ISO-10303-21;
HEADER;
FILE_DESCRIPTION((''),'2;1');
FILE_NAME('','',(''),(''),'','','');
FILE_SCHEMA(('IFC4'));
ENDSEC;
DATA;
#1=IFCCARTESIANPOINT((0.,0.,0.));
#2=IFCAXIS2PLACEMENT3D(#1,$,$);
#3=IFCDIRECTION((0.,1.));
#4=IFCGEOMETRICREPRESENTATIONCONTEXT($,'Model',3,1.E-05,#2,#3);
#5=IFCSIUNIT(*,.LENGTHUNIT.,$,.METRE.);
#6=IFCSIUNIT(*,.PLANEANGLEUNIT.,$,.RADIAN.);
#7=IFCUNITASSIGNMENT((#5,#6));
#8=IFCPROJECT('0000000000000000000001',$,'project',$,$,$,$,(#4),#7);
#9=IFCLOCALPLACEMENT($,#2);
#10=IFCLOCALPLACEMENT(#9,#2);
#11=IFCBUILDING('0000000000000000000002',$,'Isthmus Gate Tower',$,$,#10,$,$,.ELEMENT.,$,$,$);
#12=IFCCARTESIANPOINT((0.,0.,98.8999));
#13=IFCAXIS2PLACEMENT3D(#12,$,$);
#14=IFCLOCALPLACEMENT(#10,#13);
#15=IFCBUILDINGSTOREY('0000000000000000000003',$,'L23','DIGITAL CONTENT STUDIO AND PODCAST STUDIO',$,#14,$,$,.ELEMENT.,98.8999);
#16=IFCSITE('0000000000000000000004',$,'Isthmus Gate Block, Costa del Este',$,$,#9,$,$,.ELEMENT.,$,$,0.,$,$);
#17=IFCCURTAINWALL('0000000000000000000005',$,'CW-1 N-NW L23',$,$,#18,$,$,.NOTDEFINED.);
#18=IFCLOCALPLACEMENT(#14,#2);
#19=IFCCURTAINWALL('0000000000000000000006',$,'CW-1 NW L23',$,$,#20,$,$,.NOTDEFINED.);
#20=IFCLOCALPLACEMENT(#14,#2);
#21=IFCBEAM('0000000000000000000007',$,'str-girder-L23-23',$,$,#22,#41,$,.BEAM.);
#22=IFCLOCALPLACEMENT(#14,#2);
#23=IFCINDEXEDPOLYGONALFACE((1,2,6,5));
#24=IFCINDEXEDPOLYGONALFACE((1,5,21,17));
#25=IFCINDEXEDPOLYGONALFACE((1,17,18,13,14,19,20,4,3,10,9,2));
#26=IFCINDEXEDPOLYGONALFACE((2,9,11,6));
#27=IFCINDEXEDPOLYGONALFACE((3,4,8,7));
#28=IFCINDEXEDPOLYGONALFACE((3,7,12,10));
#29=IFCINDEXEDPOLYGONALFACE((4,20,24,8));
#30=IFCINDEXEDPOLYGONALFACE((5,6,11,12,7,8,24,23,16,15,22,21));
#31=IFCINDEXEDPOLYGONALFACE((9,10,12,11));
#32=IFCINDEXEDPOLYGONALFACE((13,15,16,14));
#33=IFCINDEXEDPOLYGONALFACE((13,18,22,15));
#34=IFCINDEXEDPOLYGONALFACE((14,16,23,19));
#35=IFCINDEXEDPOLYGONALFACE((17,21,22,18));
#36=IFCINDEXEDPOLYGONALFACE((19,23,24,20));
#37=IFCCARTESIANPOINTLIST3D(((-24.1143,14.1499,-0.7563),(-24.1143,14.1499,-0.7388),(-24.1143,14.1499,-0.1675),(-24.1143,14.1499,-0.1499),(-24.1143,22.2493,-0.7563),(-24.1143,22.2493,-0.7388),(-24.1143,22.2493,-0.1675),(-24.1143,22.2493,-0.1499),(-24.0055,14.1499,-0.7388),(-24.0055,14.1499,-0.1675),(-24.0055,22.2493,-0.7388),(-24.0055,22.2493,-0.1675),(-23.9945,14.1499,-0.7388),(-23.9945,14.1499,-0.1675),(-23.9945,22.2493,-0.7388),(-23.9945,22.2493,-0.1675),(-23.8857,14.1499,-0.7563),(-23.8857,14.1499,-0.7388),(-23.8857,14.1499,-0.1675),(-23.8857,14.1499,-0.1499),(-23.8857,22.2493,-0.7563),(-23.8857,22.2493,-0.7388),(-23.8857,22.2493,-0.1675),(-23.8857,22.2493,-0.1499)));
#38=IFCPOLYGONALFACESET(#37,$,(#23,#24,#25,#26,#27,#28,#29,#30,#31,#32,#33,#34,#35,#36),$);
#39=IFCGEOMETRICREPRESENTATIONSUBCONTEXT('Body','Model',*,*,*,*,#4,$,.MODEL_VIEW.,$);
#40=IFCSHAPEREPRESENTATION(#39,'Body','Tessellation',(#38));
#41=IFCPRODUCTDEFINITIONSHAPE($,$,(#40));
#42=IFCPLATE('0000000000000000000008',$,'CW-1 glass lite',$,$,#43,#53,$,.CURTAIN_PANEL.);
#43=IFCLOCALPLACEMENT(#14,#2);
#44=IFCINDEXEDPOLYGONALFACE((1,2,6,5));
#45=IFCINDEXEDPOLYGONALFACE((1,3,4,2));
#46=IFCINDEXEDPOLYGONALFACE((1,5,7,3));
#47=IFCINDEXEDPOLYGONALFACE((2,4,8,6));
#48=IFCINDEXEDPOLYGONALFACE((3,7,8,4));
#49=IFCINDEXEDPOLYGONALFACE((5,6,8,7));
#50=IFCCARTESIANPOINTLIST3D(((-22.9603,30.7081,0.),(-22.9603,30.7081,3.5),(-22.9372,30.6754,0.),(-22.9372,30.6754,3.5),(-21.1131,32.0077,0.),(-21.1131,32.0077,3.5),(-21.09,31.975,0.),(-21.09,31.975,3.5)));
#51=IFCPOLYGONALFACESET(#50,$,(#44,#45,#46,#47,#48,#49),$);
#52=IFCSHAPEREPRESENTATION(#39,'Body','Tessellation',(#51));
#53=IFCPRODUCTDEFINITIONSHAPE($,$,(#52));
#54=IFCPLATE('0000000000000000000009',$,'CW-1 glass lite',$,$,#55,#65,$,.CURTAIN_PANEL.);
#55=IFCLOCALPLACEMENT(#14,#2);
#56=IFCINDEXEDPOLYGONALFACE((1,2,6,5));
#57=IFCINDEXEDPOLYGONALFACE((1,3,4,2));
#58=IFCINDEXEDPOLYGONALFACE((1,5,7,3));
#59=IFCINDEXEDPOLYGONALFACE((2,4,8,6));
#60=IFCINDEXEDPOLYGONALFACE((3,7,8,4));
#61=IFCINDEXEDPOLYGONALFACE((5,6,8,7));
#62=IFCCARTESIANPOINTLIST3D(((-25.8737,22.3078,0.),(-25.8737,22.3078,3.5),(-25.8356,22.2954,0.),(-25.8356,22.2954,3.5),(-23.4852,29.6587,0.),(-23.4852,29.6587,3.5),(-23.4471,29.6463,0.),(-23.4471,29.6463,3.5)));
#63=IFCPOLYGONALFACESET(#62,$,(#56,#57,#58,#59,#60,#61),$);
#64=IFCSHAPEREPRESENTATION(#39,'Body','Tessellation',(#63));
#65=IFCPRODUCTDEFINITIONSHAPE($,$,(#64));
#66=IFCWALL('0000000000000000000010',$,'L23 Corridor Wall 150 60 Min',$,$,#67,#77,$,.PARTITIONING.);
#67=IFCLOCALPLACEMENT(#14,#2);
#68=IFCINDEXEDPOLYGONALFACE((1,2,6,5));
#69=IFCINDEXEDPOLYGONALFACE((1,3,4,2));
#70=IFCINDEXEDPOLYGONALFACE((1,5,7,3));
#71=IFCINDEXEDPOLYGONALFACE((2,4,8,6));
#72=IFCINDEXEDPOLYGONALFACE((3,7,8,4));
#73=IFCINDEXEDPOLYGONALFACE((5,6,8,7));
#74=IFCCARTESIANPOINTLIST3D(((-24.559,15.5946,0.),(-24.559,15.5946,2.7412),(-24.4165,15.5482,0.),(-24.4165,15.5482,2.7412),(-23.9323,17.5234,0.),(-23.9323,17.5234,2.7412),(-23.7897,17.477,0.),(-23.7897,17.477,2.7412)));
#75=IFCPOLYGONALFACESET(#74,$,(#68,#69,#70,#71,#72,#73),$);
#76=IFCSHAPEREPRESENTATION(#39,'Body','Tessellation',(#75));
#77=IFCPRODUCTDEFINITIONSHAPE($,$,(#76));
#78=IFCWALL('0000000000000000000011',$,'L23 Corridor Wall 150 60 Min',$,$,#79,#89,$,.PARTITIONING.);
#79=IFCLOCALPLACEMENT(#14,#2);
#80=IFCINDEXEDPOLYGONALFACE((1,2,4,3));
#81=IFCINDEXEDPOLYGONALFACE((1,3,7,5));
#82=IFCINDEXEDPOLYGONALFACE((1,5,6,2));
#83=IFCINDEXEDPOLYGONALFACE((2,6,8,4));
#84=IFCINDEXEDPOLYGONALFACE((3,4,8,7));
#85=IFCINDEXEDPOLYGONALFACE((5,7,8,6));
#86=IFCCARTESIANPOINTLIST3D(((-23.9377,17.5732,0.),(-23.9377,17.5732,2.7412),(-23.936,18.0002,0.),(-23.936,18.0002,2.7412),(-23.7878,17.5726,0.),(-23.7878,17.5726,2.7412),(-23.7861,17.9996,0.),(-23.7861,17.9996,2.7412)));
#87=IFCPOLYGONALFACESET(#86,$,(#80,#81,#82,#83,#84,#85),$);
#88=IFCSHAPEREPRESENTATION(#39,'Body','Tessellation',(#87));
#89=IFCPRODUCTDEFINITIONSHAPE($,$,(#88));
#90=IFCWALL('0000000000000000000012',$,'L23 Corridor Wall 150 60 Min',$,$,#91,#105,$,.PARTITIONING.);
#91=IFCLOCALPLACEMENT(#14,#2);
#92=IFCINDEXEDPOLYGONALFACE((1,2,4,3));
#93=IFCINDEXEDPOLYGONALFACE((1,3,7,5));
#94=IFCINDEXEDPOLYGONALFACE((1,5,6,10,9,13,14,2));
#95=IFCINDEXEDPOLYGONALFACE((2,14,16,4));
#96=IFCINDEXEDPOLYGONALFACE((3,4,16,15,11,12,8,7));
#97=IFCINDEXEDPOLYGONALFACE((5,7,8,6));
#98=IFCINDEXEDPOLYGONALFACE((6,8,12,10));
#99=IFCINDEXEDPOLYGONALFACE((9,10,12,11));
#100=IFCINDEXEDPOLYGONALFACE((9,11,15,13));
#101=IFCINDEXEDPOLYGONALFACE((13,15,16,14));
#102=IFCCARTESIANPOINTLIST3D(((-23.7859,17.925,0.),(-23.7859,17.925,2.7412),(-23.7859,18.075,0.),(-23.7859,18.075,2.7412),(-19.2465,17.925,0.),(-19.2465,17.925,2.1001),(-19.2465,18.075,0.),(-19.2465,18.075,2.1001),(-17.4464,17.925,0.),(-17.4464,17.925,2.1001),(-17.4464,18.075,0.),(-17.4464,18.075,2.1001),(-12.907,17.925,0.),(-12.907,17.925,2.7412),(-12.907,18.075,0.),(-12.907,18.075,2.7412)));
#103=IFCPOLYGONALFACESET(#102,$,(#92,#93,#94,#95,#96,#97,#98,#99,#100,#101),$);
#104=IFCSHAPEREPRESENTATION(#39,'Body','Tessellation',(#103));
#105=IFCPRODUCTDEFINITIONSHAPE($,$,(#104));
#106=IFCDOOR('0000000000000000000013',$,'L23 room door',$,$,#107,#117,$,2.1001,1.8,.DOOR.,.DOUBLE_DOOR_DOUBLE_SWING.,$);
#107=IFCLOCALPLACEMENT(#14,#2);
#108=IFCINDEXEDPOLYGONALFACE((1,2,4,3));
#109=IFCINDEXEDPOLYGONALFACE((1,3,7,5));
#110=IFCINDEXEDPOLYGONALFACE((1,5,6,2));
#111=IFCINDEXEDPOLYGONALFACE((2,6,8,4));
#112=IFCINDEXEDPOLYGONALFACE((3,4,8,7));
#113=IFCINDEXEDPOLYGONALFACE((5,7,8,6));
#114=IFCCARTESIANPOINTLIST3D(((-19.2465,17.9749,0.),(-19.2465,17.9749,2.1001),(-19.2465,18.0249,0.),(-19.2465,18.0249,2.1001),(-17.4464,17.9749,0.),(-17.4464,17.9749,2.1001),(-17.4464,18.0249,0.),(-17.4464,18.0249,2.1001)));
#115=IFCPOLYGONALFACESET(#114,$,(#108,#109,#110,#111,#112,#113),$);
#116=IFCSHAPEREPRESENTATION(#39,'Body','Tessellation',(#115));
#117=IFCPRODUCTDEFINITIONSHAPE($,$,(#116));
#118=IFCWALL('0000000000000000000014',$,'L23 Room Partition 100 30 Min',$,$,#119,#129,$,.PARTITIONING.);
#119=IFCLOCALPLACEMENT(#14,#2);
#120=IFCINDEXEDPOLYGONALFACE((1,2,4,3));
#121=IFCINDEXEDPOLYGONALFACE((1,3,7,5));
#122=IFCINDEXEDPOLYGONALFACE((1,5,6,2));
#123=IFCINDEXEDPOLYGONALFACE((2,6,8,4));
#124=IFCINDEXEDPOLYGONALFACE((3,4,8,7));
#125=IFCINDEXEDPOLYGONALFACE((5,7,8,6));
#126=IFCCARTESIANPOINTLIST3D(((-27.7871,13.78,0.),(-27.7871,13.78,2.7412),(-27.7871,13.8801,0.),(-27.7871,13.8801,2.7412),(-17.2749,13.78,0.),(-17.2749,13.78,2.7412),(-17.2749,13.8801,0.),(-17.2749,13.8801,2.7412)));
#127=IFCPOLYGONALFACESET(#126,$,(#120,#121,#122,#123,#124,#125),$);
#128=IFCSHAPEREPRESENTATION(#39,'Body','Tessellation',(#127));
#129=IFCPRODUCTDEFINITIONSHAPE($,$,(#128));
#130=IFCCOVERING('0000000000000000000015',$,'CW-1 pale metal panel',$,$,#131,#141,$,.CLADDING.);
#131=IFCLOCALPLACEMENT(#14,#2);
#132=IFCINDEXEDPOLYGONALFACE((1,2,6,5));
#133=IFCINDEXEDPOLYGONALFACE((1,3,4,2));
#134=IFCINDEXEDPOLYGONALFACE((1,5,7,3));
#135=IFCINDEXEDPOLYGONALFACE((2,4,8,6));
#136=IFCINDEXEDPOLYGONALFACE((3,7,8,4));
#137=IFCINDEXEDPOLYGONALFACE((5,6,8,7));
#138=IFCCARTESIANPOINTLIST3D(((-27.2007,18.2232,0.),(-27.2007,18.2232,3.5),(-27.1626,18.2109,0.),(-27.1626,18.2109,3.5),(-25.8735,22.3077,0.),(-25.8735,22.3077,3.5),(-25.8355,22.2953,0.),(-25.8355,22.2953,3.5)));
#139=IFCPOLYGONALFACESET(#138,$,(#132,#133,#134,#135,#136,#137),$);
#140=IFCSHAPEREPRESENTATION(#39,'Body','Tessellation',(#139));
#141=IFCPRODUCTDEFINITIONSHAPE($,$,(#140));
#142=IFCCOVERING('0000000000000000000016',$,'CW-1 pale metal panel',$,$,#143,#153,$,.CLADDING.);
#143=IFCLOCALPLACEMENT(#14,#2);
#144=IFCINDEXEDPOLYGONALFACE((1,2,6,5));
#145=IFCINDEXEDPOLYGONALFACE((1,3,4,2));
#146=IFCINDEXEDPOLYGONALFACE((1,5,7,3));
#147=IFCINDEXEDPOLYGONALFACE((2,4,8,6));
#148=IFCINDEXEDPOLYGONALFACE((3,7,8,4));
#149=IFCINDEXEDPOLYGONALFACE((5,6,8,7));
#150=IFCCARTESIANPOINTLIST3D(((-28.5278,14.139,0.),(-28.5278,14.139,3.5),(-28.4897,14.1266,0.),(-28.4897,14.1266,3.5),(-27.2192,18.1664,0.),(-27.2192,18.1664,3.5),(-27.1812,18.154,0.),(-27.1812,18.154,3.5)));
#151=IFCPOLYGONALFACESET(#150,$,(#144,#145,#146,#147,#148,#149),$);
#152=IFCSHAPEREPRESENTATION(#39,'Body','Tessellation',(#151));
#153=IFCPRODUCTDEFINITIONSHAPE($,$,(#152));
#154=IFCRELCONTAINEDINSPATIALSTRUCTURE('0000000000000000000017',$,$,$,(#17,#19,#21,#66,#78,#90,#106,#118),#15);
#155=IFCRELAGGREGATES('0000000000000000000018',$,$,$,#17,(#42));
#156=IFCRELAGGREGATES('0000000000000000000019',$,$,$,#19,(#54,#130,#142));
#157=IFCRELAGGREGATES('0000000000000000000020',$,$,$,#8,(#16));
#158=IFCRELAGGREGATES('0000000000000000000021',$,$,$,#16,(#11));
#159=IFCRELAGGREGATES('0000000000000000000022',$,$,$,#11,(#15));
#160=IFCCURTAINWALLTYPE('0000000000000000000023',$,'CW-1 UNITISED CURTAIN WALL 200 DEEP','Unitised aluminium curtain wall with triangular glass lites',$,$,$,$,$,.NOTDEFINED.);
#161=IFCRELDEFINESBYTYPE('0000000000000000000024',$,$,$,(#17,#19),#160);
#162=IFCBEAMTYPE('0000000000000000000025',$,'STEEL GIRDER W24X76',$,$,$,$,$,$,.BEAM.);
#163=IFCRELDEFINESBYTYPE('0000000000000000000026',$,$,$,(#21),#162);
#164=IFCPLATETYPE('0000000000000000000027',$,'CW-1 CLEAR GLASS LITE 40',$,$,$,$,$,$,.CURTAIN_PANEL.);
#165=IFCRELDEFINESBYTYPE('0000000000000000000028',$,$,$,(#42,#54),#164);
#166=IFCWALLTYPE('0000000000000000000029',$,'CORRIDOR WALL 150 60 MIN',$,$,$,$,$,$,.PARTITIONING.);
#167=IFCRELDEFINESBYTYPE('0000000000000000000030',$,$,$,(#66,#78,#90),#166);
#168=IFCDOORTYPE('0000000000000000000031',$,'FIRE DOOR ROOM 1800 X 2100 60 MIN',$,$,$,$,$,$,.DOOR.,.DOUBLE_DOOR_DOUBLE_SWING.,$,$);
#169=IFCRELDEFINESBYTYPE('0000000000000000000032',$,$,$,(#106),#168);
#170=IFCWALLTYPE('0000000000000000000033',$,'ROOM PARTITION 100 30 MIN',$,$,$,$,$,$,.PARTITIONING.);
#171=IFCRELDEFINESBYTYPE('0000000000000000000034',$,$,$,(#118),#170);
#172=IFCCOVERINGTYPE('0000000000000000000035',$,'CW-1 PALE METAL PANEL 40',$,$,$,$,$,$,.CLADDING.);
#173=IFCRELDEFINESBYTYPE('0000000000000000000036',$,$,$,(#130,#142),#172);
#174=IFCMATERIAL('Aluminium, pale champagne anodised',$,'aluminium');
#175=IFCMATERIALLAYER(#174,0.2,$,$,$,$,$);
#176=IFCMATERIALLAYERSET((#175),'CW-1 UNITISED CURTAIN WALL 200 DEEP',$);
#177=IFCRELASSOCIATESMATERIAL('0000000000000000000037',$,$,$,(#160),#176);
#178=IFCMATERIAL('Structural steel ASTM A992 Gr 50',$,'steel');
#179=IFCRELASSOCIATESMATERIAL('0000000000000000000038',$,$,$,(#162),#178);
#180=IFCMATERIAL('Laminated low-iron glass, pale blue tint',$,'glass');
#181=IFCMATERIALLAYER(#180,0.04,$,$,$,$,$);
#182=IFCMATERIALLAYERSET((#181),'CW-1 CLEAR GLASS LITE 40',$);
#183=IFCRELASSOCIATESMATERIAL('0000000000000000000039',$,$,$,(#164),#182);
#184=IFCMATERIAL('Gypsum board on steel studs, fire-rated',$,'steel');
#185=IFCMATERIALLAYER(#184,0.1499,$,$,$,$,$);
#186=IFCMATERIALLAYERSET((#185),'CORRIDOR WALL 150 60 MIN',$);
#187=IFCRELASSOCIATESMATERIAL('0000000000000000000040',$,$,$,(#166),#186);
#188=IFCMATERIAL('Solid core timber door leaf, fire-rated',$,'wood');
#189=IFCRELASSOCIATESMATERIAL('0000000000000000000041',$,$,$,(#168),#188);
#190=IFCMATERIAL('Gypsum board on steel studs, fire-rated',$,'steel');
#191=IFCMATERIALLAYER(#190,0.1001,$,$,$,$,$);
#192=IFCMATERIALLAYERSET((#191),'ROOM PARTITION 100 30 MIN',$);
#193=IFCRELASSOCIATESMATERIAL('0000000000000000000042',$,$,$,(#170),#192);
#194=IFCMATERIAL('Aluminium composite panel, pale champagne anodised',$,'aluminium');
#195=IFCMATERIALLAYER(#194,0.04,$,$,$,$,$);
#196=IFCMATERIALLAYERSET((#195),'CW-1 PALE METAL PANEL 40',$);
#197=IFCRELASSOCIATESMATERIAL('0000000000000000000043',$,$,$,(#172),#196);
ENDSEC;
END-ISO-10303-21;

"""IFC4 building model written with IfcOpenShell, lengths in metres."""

from ifc_helpers import new_model, si_unit, direction, frame, frame_2d, origin, origin_2d, place, context, subcontext, project, spatial, rectangle, i_section, extrude, material, layer, layer_set, material_profile, profile_set, type_object, element, fill, aggregate, save


model = new_model("IFC4")

# Units and contexts
model_context = context("Model", 3, precision=1e-05, world=origin(), true_north=direction((0.0, 1.0)))
body_context = subcontext(model_context, "Body", "Model", "MODEL_VIEW")
ifc_project = project(units=[si_unit("LENGTHUNIT", "METRE"), si_unit("PLANEANGLEUNIT", "RADIAN")], contexts=[model_context])

# Site, building, storey
site_placement = place(None, origin())
site = spatial("IfcSite", under=ifc_project, at=site_placement, Name="Isthmus Gate Block, Costa del Este", CompositionType="ELEMENT", RefElevation=0.0)
building_placement = place(site_placement, origin())
building = spatial("IfcBuilding", under=site, at=building_placement, Name="Isthmus Gate Tower", CompositionType="ELEMENT")
storey_placement = place(building_placement, frame((0.0, 0.0, 98.8999)))
storey = spatial("IfcBuildingStorey", under=building, at=storey_placement, Name="L23", Description="DIGITAL CONTENT STUDIO AND PODCAST STUDIO", CompositionType="ELEMENT", Elevation=98.8999)

# Curtain wall
ifc_material_1 = material(Name="Aluminium, pale champagne anodised", Category="aluminium")
ifc_layer_1 = layer(ifc_material_1, 0.2)
ifc_layer_set_1 = layer_set([ifc_layer_1], Name="CW-1 UNITISED CURTAIN WALL 200 DEEP")
curtain_wall_type = type_object("IfcCurtainWallType", Name="CW-1 UNITISED CURTAIN WALL 200 DEEP", Description="Unitised aluminium curtain wall with triangular glass lites", PredefinedType="NOTDEFINED", material=ifc_layer_set_1)
curtain_wall_1_placement = place(storey_placement, origin())
curtain_wall_1 = element("IfcCurtainWall", 1, at=curtain_wall_1_placement, inside=storey, type_object=curtain_wall_type, Name="CW-1 N-NW L23", PredefinedType="NOTDEFINED")

# Curtain wall
curtain_wall_2_placement = place(storey_placement, origin())
curtain_wall_2 = element("IfcCurtainWall", 2, at=curtain_wall_2_placement, inside=storey, type_object=curtain_wall_type, Name="CW-1 NW L23", PredefinedType="NOTDEFINED")

# Beam
ifc_material_2 = material(Name="Structural steel ASTM A992 Gr 50", Category="steel")
ifc_material_profile_1 = material_profile(ifc_material_2, i_section(OverallWidth=0.2285, OverallDepth=0.6064, WebThickness=0.011, FlangeThickness=0.0176, at=origin_2d()), Name="W24X76")
ifc_profile_set_1 = profile_set([ifc_material_profile_1], Name="Structural steel ASTM A992 Gr 50")
beam_type_1 = type_object("IfcBeamType", Name="STEEL GIRDER W24X76", PredefinedType="BEAM", material=ifc_profile_set_1)
beam_1_placement = place(storey_placement, frame((-24.0, 14.1499, -0.4531), z_axis=(0.0, 1.0, 0.0), x_axis=(-1.0, 0.0, 0.0)))
element("IfcBeam", 3, at=beam_1_placement, inside=storey, type_object=beam_type_1, Name="str-girder-L23-23", PredefinedType="BEAM", context=body_context, shape_type="SweptSolid", body=[
    extrude(i_section(OverallWidth=0.2285, OverallDepth=0.6064, WebThickness=0.011, FlangeThickness=0.0176, at=origin_2d()), origin(), (0.0, 0.0, 1.0), 8.0994),
])

# Plates
ifc_material_3 = material(Name="Laminated low-iron glass, pale blue tint", Category="glass")
ifc_layer_2 = layer(ifc_material_3, 0.04)
ifc_layer_set_2 = layer_set([ifc_layer_2], Name="CW-1 CLEAR GLASS LITE 40")
plate_type = type_object("IfcPlateType", Name="CW-1 CLEAR GLASS LITE 40", PredefinedType="CURTAIN_PANEL", material=ifc_layer_set_2)
plate_1_placement = place(storey_placement, frame((-22.0251, 31.3416, 0.0), z_axis=(0.0, 0.0, 1.0), x_axis=(-0.81786, -0.575418, 0.0)))
plate_1 = element("IfcPlate", 4, at=plate_1_placement, type_object=plate_type, Name="CW-1 glass lite", PredefinedType="CURTAIN_PANEL", context=body_context, shape_type="SweptSolid", body=[
    extrude(rectangle(XDim=2.2585, YDim=0.04, at=origin_2d()), origin(), (0.0, 0.0, 1.0), 3.5),
])
aggregate(curtain_wall_1, [plate_1])
plate_2_placement = place(storey_placement, frame((-24.6604, 25.9771, 0.0), z_axis=(0.0, 0.0, 1.0), x_axis=(-0.309017, -0.951057, 0.0)))
plate_2 = element("IfcPlate", 5, at=plate_2_placement, type_object=plate_type, Name="CW-1 glass lite", PredefinedType="CURTAIN_PANEL", context=body_context, shape_type="SweptSolid", body=[
    extrude(rectangle(XDim=7.7292, YDim=0.04, at=origin_2d()), origin(), (0.0, 0.0, 1.0), 3.5),
])

# Walls
ifc_material_4 = material(Name="Gypsum board on steel studs, fire-rated", Category="steel")
ifc_layer_3 = layer(ifc_material_4, 0.1499)
ifc_layer_set_3 = layer_set([ifc_layer_3], Name="CORRIDOR WALL 150 60 MIN")
wall_type_1 = type_object("IfcWallType", Name="CORRIDOR WALL 150 60 MIN", PredefinedType="PARTITIONING", material=ifc_layer_set_3)
wall_1_placement = place(storey_placement, frame((-24.4878, 15.5713, 0.0), z_axis=(0.0, 0.0, 1.0), x_axis=(0.309032, 0.951052, 0.0)))
element("IfcWall", 6, at=wall_1_placement, inside=storey, type_object=wall_type_1, Name="L23 Corridor Wall 150 60 Min", PredefinedType="PARTITIONING", context=body_context, shape_type="SweptSolid", body=[
    extrude(rectangle(XDim=2.0281, YDim=0.1499, at=frame_2d((1.0142, 0.0))), origin(), (0.0, 0.0, 1.0), 2.7412),
])
wall_2_placement = place(storey_placement, frame((-23.8628, 17.573, 0.0), z_axis=(0.0, 0.0, 1.0), x_axis=(0.004002, 0.999992, 0.0)))
element("IfcWall", 7, at=wall_2_placement, inside=storey, type_object=wall_type_1, Name="L23 Corridor Wall 150 60 Min", PredefinedType="PARTITIONING", context=body_context, shape_type="SweptSolid", body=[
    extrude(rectangle(XDim=0.427, YDim=0.1499, at=frame_2d((0.2134, 0.0))), origin(), (0.0, 0.0, 1.0), 2.7412),
])

# Wall, opening, door
wall_3_placement = place(storey_placement, frame((-23.7859, 18.0, 0.0), z_axis=(0.0, 0.0, 1.0), x_axis=(1.0, 0.0, 0.0)))
wall_3 = element("IfcWall", 8, at=wall_3_placement, inside=storey, type_object=wall_type_1, Name="L23 Corridor Wall 150 60 Min", PredefinedType="PARTITIONING", context=body_context, shape_type="SweptSolid", body=[
    extrude(rectangle(XDim=10.8789, YDim=0.1499, at=frame_2d((5.4395, 0.0))), origin(), (0.0, 0.0, 1.0), 2.7412),
])
opening_placement = place(wall_3_placement, frame((4.5396, 0.0, 0.0)))
opening = element("IfcOpeningElement", 9, at=opening_placement, cuts=wall_3, PredefinedType="OPENING", context=body_context, shape_type="SweptSolid", body=[
    extrude(rectangle(XDim=1.8, YDim=2.1001, at=frame_2d((0.8999, 1.05))), frame((0.0, 0.085, 0.0), z_axis=(0.0, -1.0, 0.0), x_axis=(1.0, 0.0, 0.0)), (0.0, 0.0, 1.0), 0.1699),
])
ifc_material_5 = material(Name="Solid core timber door leaf, fire-rated", Category="wood")
door_type = type_object("IfcDoorType", Name="FIRE DOOR ROOM 1800 X 2100 60 MIN", OperationType="DOUBLE_DOOR_DOUBLE_SWING", PredefinedType="DOOR", material=ifc_material_5)
door_placement = place(opening_placement, origin())
door = element("IfcDoor", 10, at=door_placement, inside=storey, type_object=door_type, Name="L23 room door", OperationType="DOUBLE_DOOR_DOUBLE_SWING", OverallHeight=2.1001, OverallWidth=1.8, PredefinedType="DOOR", context=body_context, shape_type="SweptSolid", body=[
    extrude(rectangle(XDim=1.8, YDim=2.1001, at=frame_2d((0.8999, 1.05))), frame((0.0, 0.0249, 0.0), z_axis=(0.0, -1.0, 0.0), x_axis=(1.0, 0.0, 0.0)), (0.0, 0.0, 1.0), 0.05),
])
fill(opening, door)

# Wall
ifc_material_6 = material(Name="Gypsum board on steel studs, fire-rated", Category="steel")
ifc_layer_4 = layer(ifc_material_6, 0.1001)
ifc_layer_set_4 = layer_set([ifc_layer_4], Name="ROOM PARTITION 100 30 MIN")
wall_type_2 = type_object("IfcWallType", Name="ROOM PARTITION 100 30 MIN", PredefinedType="PARTITIONING", material=ifc_layer_set_4)
wall_4_placement = place(storey_placement, frame((-27.7871, 13.8301, 0.0), z_axis=(0.0, 0.0, 1.0), x_axis=(1.0, 0.0, 0.0)))
element("IfcWall", 11, at=wall_4_placement, inside=storey, type_object=wall_type_2, Name="L23 Room Partition 100 30 Min", PredefinedType="PARTITIONING", context=body_context, shape_type="SweptSolid", body=[
    extrude(rectangle(XDim=10.5122, YDim=0.1001, at=frame_2d((5.2561, 0.0))), origin(), (0.0, 0.0, 1.0), 2.7412),
])

# Coverings
ifc_material_7 = material(Name="Aluminium composite panel, pale champagne anodised", Category="aluminium")
ifc_layer_5 = layer(ifc_material_7, 0.04)
ifc_layer_set_5 = layer_set([ifc_layer_5], Name="CW-1 PALE METAL PANEL 40")
covering_type = type_object("IfcCoveringType", Name="CW-1 PALE METAL PANEL 40", PredefinedType="CLADDING", material=ifc_layer_set_5)
covering_1_placement = place(storey_placement, frame((-26.5181, 20.2593, 0.0), z_axis=(0.0, 0.0, 1.0), x_axis=(-0.309017, -0.951057, 0.0)))
covering_1 = element("IfcCovering", 12, at=covering_1_placement, type_object=covering_type, Name="CW-1 pale metal panel", PredefinedType="CLADDING", context=body_context, shape_type="SweptSolid", body=[
    extrude(rectangle(XDim=4.2947, YDim=0.04, at=origin_2d()), origin(), (0.0, 0.0, 1.0), 3.5),
])
covering_2_placement = place(storey_placement, frame((-27.8545, 16.1465, 0.0), z_axis=(0.0, 0.0, 1.0), x_axis=(-0.309017, -0.951057, 0.0)))
covering_2 = element("IfcCovering", 13, at=covering_2_placement, type_object=covering_type, Name="CW-1 pale metal panel", PredefinedType="CLADDING", context=body_context, shape_type="SweptSolid", body=[
    extrude(rectangle(XDim=4.2346, YDim=0.04, at=origin_2d()), origin(), (0.0, 0.0, 1.0), 3.5),
])
aggregate(curtain_wall_2, [plate_2, covering_1, covering_2])

save(model, "model.ifc")
